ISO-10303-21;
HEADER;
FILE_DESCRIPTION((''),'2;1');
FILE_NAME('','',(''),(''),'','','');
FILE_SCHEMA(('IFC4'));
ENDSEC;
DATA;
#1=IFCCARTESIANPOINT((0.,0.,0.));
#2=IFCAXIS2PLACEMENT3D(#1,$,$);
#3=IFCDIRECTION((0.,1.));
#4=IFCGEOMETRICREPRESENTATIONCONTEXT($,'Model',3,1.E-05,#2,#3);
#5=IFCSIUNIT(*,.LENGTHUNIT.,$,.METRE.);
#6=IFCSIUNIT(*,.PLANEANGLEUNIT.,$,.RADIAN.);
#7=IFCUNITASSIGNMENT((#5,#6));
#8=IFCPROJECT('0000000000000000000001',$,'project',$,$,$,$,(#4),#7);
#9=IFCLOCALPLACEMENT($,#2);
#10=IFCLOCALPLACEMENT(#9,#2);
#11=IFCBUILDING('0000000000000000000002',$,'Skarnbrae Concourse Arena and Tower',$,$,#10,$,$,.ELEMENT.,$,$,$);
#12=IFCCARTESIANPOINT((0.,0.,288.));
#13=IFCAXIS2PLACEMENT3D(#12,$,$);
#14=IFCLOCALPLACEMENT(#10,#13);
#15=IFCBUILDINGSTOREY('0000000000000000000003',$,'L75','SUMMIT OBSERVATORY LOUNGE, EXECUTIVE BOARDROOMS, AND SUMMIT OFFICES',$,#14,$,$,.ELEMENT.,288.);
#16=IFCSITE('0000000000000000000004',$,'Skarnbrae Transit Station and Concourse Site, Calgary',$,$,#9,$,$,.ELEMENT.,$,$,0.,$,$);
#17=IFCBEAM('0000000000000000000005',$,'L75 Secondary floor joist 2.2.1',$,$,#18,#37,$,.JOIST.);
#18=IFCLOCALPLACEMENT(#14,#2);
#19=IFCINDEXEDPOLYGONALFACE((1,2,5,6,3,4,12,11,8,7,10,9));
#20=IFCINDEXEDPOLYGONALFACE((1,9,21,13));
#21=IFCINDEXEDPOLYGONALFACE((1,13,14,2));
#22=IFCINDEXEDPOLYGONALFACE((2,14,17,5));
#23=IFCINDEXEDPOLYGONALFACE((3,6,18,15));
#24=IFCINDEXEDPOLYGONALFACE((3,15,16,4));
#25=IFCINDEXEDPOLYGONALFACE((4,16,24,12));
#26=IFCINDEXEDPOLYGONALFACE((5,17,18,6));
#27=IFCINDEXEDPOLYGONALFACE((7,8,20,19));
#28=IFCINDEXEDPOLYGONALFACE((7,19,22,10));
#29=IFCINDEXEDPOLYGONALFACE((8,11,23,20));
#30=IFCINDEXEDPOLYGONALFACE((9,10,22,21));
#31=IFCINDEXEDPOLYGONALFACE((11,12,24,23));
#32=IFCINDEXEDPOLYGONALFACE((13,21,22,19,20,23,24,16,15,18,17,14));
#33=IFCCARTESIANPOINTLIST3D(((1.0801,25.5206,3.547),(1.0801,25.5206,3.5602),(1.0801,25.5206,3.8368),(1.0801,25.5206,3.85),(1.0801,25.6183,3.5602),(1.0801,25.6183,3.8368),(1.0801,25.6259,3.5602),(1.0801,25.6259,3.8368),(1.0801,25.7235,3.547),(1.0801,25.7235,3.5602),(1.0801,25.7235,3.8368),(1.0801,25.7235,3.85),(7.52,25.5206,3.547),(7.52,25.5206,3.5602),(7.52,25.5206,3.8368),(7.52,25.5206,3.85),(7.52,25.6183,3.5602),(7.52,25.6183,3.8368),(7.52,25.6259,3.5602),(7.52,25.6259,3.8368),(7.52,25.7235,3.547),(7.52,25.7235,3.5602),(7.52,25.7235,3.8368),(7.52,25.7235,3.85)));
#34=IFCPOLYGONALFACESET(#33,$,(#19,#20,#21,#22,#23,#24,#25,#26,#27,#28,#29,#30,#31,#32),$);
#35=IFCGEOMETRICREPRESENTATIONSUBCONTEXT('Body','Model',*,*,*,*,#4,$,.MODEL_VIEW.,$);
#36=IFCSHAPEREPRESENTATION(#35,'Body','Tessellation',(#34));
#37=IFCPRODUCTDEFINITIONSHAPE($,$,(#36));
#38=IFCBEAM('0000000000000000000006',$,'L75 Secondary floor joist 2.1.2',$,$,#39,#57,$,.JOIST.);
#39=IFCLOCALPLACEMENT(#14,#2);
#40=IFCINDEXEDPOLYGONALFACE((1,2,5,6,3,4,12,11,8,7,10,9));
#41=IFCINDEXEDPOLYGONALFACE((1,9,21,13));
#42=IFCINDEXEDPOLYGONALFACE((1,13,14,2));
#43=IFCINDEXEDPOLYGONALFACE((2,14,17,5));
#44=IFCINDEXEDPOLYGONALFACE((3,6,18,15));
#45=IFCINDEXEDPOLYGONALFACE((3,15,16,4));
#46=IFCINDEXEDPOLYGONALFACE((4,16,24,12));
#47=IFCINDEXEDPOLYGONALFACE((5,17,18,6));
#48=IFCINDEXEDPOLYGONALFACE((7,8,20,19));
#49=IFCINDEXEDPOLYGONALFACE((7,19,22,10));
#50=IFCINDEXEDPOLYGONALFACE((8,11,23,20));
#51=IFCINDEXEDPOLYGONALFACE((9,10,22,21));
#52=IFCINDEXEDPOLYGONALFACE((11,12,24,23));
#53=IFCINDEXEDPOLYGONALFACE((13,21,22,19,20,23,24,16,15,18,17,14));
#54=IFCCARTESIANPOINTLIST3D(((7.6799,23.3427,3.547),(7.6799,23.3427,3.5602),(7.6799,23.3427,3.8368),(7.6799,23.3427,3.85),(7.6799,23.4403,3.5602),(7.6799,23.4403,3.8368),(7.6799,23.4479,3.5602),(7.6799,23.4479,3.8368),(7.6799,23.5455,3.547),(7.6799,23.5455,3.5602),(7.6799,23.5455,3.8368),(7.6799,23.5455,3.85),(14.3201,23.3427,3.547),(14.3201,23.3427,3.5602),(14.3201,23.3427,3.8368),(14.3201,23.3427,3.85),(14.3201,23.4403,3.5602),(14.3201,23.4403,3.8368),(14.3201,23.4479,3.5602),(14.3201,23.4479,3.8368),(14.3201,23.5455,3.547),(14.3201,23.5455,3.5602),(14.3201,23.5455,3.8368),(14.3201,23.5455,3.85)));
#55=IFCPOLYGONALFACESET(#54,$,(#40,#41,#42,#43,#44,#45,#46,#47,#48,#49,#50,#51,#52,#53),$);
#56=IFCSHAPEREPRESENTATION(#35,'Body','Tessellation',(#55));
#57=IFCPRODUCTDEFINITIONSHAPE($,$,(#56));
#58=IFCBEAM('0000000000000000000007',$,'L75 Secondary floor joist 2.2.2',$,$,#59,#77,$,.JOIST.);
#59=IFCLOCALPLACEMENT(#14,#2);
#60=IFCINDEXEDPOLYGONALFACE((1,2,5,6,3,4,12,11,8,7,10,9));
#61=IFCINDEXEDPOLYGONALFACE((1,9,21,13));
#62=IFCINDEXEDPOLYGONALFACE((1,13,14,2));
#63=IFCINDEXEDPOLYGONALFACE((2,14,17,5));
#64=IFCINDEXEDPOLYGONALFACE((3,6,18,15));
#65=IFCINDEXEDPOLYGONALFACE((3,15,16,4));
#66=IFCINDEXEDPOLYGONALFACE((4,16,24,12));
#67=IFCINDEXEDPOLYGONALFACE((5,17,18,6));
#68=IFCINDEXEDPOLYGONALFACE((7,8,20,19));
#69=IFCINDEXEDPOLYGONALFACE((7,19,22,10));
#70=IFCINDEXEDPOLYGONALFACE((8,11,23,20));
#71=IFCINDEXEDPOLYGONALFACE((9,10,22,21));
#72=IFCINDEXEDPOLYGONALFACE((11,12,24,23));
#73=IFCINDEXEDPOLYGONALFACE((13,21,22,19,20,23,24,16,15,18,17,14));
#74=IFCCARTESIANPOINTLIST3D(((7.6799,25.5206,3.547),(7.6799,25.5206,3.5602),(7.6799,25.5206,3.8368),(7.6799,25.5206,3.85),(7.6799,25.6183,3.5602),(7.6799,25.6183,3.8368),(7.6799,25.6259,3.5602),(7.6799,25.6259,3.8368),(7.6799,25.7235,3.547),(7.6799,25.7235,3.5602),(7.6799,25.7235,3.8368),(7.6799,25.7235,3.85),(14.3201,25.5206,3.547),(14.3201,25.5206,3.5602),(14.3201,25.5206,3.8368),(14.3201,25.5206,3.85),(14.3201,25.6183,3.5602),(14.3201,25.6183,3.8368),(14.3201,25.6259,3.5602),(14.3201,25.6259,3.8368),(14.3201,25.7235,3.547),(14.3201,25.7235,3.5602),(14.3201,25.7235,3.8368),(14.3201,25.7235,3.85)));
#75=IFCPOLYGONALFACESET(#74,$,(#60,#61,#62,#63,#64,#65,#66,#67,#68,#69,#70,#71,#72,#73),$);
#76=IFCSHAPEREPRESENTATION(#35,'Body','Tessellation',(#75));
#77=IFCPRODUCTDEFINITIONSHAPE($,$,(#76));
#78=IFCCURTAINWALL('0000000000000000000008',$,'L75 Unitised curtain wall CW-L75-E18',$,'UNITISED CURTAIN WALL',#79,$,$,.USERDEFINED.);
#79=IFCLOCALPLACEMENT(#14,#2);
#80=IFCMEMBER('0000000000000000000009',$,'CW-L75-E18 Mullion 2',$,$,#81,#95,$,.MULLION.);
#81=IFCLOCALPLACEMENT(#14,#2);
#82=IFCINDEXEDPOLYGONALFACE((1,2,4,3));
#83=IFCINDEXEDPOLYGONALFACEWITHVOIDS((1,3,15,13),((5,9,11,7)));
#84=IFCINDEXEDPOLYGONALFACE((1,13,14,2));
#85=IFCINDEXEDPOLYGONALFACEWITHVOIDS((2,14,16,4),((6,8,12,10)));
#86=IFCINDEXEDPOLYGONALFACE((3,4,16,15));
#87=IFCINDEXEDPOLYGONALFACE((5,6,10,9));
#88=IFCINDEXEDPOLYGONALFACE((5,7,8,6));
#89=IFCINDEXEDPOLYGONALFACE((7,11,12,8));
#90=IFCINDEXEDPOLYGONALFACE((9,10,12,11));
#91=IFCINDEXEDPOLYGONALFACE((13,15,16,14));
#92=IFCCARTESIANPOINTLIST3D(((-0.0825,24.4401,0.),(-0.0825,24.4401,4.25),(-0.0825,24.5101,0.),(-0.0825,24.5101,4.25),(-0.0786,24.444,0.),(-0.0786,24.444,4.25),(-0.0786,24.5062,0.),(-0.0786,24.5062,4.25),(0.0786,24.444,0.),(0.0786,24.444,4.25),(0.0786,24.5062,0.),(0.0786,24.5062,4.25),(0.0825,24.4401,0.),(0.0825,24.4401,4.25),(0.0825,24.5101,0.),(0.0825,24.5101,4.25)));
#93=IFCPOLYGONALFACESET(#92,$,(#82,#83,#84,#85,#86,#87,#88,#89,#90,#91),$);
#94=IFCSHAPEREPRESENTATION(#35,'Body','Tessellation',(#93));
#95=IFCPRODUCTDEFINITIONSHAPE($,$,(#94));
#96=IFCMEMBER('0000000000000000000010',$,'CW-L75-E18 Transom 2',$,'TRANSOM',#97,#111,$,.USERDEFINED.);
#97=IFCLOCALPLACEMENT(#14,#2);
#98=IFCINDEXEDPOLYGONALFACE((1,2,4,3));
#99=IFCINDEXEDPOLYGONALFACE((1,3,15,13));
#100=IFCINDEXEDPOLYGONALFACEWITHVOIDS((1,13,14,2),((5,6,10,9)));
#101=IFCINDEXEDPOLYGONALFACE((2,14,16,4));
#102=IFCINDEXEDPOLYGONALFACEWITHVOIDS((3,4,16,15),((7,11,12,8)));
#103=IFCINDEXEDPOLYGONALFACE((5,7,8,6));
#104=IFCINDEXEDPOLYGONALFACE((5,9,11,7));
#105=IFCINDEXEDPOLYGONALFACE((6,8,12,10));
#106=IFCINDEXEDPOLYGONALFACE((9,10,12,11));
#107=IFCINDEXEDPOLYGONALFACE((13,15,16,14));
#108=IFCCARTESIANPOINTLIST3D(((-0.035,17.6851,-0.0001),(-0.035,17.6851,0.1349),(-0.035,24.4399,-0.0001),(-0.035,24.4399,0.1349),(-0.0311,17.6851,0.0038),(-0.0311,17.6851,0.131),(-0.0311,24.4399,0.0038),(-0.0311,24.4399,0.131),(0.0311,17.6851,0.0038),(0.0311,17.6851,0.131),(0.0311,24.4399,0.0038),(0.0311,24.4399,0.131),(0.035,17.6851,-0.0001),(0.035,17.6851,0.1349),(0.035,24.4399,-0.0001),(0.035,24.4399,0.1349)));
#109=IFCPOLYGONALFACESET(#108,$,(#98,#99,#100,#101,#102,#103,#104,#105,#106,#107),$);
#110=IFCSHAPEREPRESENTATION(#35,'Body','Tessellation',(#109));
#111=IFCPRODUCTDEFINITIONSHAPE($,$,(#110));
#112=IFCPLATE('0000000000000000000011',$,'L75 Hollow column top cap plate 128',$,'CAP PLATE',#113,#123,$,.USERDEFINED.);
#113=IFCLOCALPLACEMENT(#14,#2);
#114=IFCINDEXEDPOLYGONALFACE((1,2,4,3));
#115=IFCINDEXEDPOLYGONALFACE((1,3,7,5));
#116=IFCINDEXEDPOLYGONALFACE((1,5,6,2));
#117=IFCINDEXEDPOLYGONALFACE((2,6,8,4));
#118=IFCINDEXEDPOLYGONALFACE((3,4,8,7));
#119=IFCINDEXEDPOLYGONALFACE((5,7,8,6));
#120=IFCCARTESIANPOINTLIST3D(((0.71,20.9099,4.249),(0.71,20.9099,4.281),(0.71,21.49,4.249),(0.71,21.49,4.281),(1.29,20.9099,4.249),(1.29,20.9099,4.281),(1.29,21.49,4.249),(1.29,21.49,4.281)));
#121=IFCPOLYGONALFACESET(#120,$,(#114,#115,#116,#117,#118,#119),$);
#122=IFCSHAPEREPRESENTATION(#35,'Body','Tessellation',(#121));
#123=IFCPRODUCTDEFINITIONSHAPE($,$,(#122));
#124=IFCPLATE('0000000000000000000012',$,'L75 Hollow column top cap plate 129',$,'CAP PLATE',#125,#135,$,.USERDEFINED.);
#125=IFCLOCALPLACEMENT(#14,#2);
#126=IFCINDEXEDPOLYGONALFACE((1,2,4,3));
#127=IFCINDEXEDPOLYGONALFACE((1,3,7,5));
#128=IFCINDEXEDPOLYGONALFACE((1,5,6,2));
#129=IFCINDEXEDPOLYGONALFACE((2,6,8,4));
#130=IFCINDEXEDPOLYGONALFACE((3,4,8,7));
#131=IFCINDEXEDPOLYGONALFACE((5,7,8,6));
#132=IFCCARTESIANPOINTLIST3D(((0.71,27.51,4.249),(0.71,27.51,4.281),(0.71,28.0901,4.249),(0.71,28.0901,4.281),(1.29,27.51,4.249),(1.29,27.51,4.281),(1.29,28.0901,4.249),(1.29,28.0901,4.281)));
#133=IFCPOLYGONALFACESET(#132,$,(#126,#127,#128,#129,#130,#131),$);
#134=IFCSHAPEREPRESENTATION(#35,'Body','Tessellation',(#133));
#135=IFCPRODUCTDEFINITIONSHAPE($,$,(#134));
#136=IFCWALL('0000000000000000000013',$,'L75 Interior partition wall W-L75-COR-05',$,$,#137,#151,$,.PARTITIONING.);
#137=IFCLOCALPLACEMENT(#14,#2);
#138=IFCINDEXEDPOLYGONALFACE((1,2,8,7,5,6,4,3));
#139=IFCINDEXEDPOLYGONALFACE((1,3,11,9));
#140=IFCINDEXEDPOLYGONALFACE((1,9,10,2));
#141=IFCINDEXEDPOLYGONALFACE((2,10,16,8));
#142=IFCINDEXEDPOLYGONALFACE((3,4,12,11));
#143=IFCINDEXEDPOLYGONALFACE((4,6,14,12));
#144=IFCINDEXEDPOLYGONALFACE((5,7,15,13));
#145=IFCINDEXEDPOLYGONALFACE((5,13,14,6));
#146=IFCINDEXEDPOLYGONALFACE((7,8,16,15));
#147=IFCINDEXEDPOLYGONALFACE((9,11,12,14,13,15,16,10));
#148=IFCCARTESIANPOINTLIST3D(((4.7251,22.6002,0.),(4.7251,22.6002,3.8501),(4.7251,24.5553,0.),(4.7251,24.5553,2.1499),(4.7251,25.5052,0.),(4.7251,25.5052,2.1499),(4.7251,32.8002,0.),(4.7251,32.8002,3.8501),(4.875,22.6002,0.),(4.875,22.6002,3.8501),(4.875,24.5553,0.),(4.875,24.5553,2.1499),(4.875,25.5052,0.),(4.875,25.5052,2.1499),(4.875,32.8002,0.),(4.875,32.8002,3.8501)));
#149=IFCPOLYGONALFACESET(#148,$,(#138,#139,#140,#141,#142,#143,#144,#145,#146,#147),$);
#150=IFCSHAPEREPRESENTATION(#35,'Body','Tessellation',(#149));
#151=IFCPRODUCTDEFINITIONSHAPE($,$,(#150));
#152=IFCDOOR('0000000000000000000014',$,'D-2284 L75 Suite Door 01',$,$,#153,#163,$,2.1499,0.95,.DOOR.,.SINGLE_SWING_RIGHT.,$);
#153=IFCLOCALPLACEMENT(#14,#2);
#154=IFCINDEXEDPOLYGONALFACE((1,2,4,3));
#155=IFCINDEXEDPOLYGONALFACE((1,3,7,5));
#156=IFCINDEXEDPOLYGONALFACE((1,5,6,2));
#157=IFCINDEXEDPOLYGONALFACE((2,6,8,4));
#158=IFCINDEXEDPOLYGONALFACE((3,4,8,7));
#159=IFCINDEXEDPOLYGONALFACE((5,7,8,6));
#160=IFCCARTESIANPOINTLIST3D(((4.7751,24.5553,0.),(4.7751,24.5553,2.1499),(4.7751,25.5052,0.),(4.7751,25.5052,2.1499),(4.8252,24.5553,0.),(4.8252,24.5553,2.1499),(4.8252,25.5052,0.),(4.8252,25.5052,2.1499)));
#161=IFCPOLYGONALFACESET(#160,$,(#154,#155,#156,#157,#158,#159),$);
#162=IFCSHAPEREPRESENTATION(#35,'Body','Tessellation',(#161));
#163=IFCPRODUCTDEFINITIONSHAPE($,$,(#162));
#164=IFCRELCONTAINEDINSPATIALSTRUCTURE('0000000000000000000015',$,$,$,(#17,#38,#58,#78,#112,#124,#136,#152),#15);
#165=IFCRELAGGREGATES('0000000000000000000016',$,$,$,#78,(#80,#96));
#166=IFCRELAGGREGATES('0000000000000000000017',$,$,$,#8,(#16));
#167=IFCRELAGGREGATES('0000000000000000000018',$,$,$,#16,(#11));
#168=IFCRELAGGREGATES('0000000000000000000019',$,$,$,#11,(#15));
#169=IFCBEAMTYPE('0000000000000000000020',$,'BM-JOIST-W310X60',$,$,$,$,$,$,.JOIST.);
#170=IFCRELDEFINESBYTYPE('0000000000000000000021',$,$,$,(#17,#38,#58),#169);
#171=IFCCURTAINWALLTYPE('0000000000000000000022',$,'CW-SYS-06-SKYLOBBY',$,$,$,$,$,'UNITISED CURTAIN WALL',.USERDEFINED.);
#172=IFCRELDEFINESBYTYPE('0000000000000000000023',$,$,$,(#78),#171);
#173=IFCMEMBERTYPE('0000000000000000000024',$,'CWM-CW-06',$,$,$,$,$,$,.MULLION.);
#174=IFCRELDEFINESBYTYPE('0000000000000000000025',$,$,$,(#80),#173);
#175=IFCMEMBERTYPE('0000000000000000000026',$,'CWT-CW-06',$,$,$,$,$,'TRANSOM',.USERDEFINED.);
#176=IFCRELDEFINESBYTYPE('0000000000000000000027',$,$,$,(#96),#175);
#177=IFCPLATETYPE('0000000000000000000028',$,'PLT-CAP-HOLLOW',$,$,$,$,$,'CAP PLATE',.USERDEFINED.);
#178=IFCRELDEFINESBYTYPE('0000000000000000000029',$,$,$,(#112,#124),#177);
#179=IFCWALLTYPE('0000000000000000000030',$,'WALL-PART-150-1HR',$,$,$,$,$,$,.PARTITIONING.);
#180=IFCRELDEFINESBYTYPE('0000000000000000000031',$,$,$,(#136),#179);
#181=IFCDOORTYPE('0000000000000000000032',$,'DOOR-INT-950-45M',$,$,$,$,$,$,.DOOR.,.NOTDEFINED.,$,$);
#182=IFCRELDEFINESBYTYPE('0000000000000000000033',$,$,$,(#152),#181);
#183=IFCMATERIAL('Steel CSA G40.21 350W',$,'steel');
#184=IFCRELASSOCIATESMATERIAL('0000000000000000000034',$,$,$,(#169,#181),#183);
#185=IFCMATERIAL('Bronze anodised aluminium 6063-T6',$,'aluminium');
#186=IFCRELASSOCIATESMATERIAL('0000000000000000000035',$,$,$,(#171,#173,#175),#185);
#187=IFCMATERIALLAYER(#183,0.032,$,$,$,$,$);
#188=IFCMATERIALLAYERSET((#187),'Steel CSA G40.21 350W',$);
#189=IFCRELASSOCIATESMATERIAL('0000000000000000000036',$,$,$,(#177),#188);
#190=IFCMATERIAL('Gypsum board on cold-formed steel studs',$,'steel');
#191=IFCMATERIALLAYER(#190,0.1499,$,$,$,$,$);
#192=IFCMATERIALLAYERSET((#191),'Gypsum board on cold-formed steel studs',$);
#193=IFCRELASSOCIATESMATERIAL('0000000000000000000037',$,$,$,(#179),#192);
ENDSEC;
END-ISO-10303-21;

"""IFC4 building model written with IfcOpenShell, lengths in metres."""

from ifc_helpers import new_model, si_unit, direction, frame, frame_2d, origin, origin_2d, place, context, subcontext, project, spatial, rectangle, hollow_rectangle, i_section, extrude, source, transform, mapped, material, layer, layer_set, material_profile, profile_set, type_object, element, fill, aggregate, save


model = new_model("IFC4")

# Units and contexts
model_context = context("Model", 3, precision=1e-05, world=origin(), true_north=direction((0.0, 1.0)))
body_context = subcontext(model_context, "Body", "Model", "MODEL_VIEW")
ifc_project = project(units=[si_unit("LENGTHUNIT", "METRE"), si_unit("PLANEANGLEUNIT", "RADIAN")], contexts=[model_context])

# Site, building, storey
site_placement = place(None, origin())
site = spatial("IfcSite", under=ifc_project, at=site_placement, Name="Skarnbrae Transit Station and Concourse Site, Calgary", CompositionType="ELEMENT", RefElevation=0.0)
building_placement = place(site_placement, origin())
building = spatial("IfcBuilding", under=site, at=building_placement, Name="Skarnbrae Concourse Arena and Tower", CompositionType="ELEMENT")
storey_placement = place(building_placement, frame((0.0, 0.0, 288.0)))
storey = spatial("IfcBuildingStorey", under=building, at=storey_placement, Name="L75", Description="SUMMIT OBSERVATORY LOUNGE, EXECUTIVE BOARDROOMS, AND SUMMIT OFFICES", CompositionType="ELEMENT", Elevation=288.0)

# Shared definitions
ifc_material_1 = material(Name="Steel CSA G40.21 350W", Category="steel")

# Beams
ifc_material_profile_1 = material_profile(ifc_material_1, i_section(OverallWidth=0.2029, OverallDepth=0.303, WebThickness=0.0076, FlangeThickness=0.0132, at=origin_2d()), Name="W310X60")
ifc_profile_set_1 = profile_set([ifc_material_profile_1], Name="Steel CSA G40.21 350W")
beam_type_1 = type_object("IfcBeamType", Name="BM-JOIST-W310X60", PredefinedType="JOIST", material=ifc_profile_set_1)
shared_shape_1 = source(origin(), body_context, "Body", "SweptSolid", [
    extrude(i_section(OverallWidth=0.2029, OverallDepth=0.303, WebThickness=0.0076, FlangeThickness=0.0132, at=origin_2d()), origin(), (0.0, 0.0, 1.0), 6.4399),
])
for number, where, z_axis, x_axis, name in (
    (1, (1.0801, 25.6221, 3.6985), (1.0, 0.0, 0.0), (0.0, 1.0, 0.0), "L75 Secondary floor joist 2.2.1"),
):
    element("IfcBeam", number, at=place(storey_placement, frame(where, z_axis=z_axis, x_axis=x_axis)), inside=storey, type_object=beam_type_1, Name=name, PredefinedType="JOIST", context=body_context, shape_type="MappedRepresentation", body=[
        mapped(shared_shape_1, transform((0.0, 0.0, 0.0))),
    ])
shared_shape_2 = source(origin(), body_context, "Body", "SweptSolid", [
    extrude(i_section(OverallWidth=0.2029, OverallDepth=0.303, WebThickness=0.0076, FlangeThickness=0.0132, at=origin_2d()), origin(), (0.0, 0.0, 1.0), 6.6401),
])
for number, where, z_axis, x_axis, name in (
    (2, (7.6799, 23.4441, 3.6985), (1.0, 0.0, 0.0), (0.0, 1.0, 0.0), "L75 Secondary floor joist 2.1.2"),
    (3, (7.6799, 25.6221, 3.6985), (1.0, 0.0, 0.0), (0.0, 1.0, 0.0), "L75 Secondary floor joist 2.2.2"),
):
    element("IfcBeam", number, at=place(storey_placement, frame(where, z_axis=z_axis, x_axis=x_axis)), inside=storey, type_object=beam_type_1, Name=name, PredefinedType="JOIST", context=body_context, shape_type="MappedRepresentation", body=[
        mapped(shared_shape_2, transform((0.0, 0.0, 0.0))),
    ])

# Curtain wall, members
ifc_material_2 = material(Name="Bronze anodised aluminium 6063-T6", Category="aluminium")
curtain_wall_type = type_object("IfcCurtainWallType", Name="CW-SYS-06-SKYLOBBY", ElementType="UNITISED CURTAIN WALL", PredefinedType="USERDEFINED", material=ifc_material_2)
curtain_wall_placement = place(storey_placement, origin())
curtain_wall = element("IfcCurtainWall", 4, at=curtain_wall_placement, inside=storey, type_object=curtain_wall_type, Name="L75 Unitised curtain wall CW-L75-E18", ObjectType="UNITISED CURTAIN WALL", PredefinedType="USERDEFINED")
ifc_material_profile_2 = material_profile(ifc_material_2, hollow_rectangle(XDim=0.0701, YDim=0.165, WallThickness=0.0039, at=origin_2d()), Name="ALU-MULL-70X165")
ifc_profile_set_2 = profile_set([ifc_material_profile_2], Name="Bronze anodised aluminium 6063-T6")
member_type_1 = type_object("IfcMemberType", Name="CWM-CW-06", PredefinedType="MULLION", material=ifc_profile_set_2)
shared_shape_3 = source(origin(), body_context, "Body", "SweptSolid", [
    extrude(hollow_rectangle(XDim=0.0701, YDim=0.165, WallThickness=0.0039, at=origin_2d()), origin(), (0.0, 0.0, 1.0), 4.25),
])
member_1_placement = place(storey_placement, frame((0.0, 24.4751, 0.0), z_axis=(0.0, 0.0, 1.0), x_axis=(0.0, -1.0, 0.0)))
member_1 = element("IfcMember", 5, at=member_1_placement, type_object=member_type_1, Name="CW-L75-E18 Mullion 2", PredefinedType="MULLION", context=body_context, shape_type="MappedRepresentation", body=[
    mapped(shared_shape_3, transform((0.0, 0.0, 0.0))),
])
ifc_material_profile_3 = material_profile(ifc_material_2, hollow_rectangle(XDim=0.0701, YDim=0.135, WallThickness=0.0039, at=origin_2d()), Name="ALU-TRAN-70X135")
ifc_profile_set_3 = profile_set([ifc_material_profile_3], Name="Bronze anodised aluminium 6063-T6")
member_type_2 = type_object("IfcMemberType", Name="CWT-CW-06", ElementType="TRANSOM", PredefinedType="USERDEFINED", material=ifc_profile_set_3)
shared_shape_4 = source(origin(), body_context, "Body", "SweptSolid", [
    extrude(hollow_rectangle(XDim=0.0701, YDim=0.135, WallThickness=0.0039, at=origin_2d()), origin(), (0.0, 0.0, 1.0), 6.7549),
])
member_2_placement = place(storey_placement, frame((0.0, 24.4399, 0.0674), z_axis=(0.0, -1.0, 0.0), x_axis=(1.0, 0.0, 0.0)))
member_2 = element("IfcMember", 6, at=member_2_placement, type_object=member_type_2, Name="CW-L75-E18 Transom 2", ObjectType="TRANSOM", PredefinedType="USERDEFINED", context=body_context, shape_type="MappedRepresentation", body=[
    mapped(shared_shape_4, transform((0.0, 0.0, 0.0))),
])
aggregate(curtain_wall, [member_1, member_2])

# Plates
ifc_layer_1 = layer(ifc_material_1, 0.032)
ifc_layer_set_1 = layer_set([ifc_layer_1], Name="Steel CSA G40.21 350W")
plate_type = type_object("IfcPlateType", Name="PLT-CAP-HOLLOW", ElementType="CAP PLATE", PredefinedType="USERDEFINED", material=ifc_layer_set_1)
shared_shape_5 = source(origin(), body_context, "Body", "SweptSolid", [
    extrude(rectangle(XDim=0.5801, YDim=0.5801, at=origin_2d()), origin(), (0.0, 0.0, 1.0), 0.032),
])
for number, where, z_axis, x_axis, name in (
    (7, (1.0, 21.2, 4.249), (0.0, 0.0, 1.0), (1.0, 0.0, 0.0), "L75 Hollow column top cap plate 128"),
    (8, (1.0, 27.8, 4.249), (0.0, 0.0, 1.0), (1.0, 0.0, 0.0), "L75 Hollow column top cap plate 129"),
):
    element("IfcPlate", number, at=place(storey_placement, frame(where, z_axis=z_axis, x_axis=x_axis)), inside=storey, type_object=plate_type, Name=name, ObjectType="CAP PLATE", PredefinedType="USERDEFINED", context=body_context, shape_type="MappedRepresentation", body=[
        mapped(shared_shape_5, transform((0.0, 0.0, 0.0))),
    ])

# Wall, opening, door
ifc_material_3 = material(Name="Gypsum board on cold-formed steel studs", Category="steel")
ifc_layer_2 = layer(ifc_material_3, 0.1499)
ifc_layer_set_2 = layer_set([ifc_layer_2], Name="Gypsum board on cold-formed steel studs")
wall_type_1 = type_object("IfcWallType", Name="WALL-PART-150-1HR", PredefinedType="PARTITIONING", material=ifc_layer_set_2)
shared_shape_6 = source(origin(), body_context, "Body", "SweptSolid", [
    extrude(rectangle(XDim=10.2, YDim=0.1499, at=frame_2d((5.1001, 0.0))), origin(), (0.0, 0.0, 1.0), 3.8501),
])
wall_1_placement = place(storey_placement, frame((4.8, 22.6001, 0.0), z_axis=(0.0, 0.0, 1.0), x_axis=(0.0, 1.0, 0.0)))
wall_1 = element("IfcWall", 9, at=wall_1_placement, inside=storey, type_object=wall_type_1, Name="L75 Interior partition wall W-L75-COR-05", PredefinedType="PARTITIONING", context=body_context, shape_type="MappedRepresentation", body=[
    mapped(shared_shape_6, transform((0.0, 0.0, 0.0))),
])
opening_1_placement = place(wall_1_placement, frame((1.9551, 0.0, 0.0)))
opening_1 = element("IfcOpeningElement", 10, at=opening_1_placement, cuts=wall_1, PredefinedType="OPENING", context=body_context, shape_type="SweptSolid", body=[
    extrude(rectangle(XDim=0.95, YDim=2.1499, at=frame_2d((0.4751, 1.075))), frame((0.0, 0.085, 0.0), z_axis=(0.0, -1.0, 0.0), x_axis=(1.0, 0.0, 0.0)), (0.0, 0.0, 1.0), 0.1699),
])
door_type = type_object("IfcDoorType", Name="DOOR-INT-950-45M", OperationType="NOTDEFINED", PredefinedType="DOOR", material=ifc_material_1)
shared_shape_7 = source(origin(), body_context, "Body", "SweptSolid", [
    extrude(rectangle(XDim=0.95, YDim=2.1499, at=frame_2d((0.4751, 1.075))), frame((0.0, 0.0249, 0.0), z_axis=(0.0, -1.0, 0.0), x_axis=(1.0, 0.0, 0.0)), (0.0, 0.0, 1.0), 0.05),
])
door_1_placement = place(opening_1_placement, origin())
door_1 = element("IfcDoor", 11, at=door_1_placement, inside=storey, type_object=door_type, Name="D-2284 L75 Suite Door 01", OperationType="SINGLE_SWING_RIGHT", OverallHeight=2.1499, OverallWidth=0.95, PredefinedType="DOOR", context=body_context, shape_type="MappedRepresentation", body=[
    mapped(shared_shape_7, transform((0.0, 0.0, 0.0))),
])
fill(opening_1, door_1)

save(model, "model.ifc")
